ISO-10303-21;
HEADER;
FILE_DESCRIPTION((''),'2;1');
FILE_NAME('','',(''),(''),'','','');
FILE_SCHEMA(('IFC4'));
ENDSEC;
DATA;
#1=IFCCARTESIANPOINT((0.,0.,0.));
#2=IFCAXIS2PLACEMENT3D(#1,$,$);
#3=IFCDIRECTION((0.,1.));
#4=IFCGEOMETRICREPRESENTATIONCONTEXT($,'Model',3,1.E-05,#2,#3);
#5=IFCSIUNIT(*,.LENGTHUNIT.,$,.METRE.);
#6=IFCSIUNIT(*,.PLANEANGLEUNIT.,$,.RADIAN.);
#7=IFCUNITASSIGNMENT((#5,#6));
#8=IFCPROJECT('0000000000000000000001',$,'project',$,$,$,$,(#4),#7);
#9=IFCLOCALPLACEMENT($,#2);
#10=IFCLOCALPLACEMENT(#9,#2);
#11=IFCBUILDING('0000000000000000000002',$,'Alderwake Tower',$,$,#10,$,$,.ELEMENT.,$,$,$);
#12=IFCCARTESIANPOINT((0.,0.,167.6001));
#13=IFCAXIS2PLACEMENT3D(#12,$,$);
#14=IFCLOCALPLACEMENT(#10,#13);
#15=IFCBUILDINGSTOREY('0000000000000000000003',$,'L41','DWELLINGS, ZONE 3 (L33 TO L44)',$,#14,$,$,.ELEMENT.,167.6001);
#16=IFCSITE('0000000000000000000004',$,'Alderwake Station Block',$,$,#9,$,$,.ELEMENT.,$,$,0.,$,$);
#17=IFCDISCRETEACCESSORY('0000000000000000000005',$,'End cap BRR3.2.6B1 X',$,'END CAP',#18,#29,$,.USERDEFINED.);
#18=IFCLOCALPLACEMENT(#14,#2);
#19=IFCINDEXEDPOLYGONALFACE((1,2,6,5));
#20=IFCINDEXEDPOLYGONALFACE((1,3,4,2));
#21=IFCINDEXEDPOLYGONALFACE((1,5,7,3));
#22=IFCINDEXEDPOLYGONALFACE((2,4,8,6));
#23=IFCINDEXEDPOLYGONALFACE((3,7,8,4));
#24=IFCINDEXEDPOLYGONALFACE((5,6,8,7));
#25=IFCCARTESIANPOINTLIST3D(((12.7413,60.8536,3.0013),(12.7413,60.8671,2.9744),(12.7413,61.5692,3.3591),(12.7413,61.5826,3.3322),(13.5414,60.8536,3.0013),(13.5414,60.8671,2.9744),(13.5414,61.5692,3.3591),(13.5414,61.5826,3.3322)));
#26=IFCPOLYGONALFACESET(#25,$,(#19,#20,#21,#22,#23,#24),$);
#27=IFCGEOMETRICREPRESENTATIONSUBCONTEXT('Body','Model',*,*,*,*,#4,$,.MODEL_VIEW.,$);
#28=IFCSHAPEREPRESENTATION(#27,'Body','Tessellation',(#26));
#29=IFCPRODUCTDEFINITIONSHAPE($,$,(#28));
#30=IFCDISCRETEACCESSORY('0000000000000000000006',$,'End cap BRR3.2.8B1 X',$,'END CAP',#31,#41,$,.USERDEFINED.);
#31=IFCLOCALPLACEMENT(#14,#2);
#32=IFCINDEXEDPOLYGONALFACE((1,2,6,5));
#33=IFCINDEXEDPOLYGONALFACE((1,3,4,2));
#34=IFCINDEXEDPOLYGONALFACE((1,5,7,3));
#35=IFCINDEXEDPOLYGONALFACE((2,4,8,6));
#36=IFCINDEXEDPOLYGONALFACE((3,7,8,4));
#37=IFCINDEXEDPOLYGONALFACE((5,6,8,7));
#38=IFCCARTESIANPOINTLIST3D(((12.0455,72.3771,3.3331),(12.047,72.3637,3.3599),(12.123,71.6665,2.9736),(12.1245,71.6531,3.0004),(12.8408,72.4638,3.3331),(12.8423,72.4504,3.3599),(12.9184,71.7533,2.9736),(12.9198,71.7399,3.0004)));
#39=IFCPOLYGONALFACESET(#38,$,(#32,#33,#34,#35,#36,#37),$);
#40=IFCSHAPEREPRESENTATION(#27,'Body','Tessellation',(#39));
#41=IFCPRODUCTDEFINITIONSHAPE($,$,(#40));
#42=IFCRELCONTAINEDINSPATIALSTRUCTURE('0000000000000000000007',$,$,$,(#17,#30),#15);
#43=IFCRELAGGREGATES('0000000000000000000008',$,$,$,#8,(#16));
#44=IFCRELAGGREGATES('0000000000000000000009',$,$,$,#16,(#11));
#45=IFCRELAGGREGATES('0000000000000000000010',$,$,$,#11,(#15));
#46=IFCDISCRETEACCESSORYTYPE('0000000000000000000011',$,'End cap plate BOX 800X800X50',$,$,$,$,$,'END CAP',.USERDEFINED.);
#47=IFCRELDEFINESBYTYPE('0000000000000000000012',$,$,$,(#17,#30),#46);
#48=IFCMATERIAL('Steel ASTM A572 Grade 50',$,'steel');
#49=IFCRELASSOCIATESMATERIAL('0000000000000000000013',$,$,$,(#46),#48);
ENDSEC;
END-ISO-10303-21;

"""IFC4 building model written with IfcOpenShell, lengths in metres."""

from ifc_helpers import new_model, si_unit, direction, frame, origin, origin_2d, place, context, subcontext, project, spatial, rectangle, extrude, material, material_profile, profile_set, type_object, element, save


model = new_model("IFC4")

# Units and contexts
model_context = context("Model", 3, precision=1e-05, world=origin(), true_north=direction((0.0, 1.0)))
body_context = subcontext(model_context, "Body", "Model", "MODEL_VIEW")
ifc_project = project(units=[si_unit("LENGTHUNIT", "METRE"), si_unit("PLANEANGLEUNIT", "RADIAN")], contexts=[model_context])

# Site, building, storey
site_placement = place(None, origin())
site = spatial("IfcSite", under=ifc_project, at=site_placement, Name="Alderwake Station Block", CompositionType="ELEMENT", RefElevation=0.0)
building_placement = place(site_placement, origin())
building = spatial("IfcBuilding", under=site, at=building_placement, Name="Alderwake Tower", CompositionType="ELEMENT")
storey_placement = place(building_placement, frame((0.0, 0.0, 167.6001)))
storey = spatial("IfcBuildingStorey", under=building, at=storey_placement, Name="L41", Description="DWELLINGS, ZONE 3 (L33 TO L44)", CompositionType="ELEMENT", Elevation=167.6001)

# Discrete accessories
ifc_material_1 = material(Name="Steel ASTM A572 Grade 50", Category="steel")
ifc_material_profile = material_profile(ifc_material_1, rectangle(XDim=0.8, YDim=0.8, at=origin_2d()), Name="BOX 800X800X50 cap")
ifc_profile_set = profile_set([ifc_material_profile], Name="Steel ASTM A572 Grade 50")
discrete_accessory_type = type_object("IfcDiscreteAccessoryType", Name="End cap plate BOX 800X800X50", ElementType="END CAP", PredefinedType="USERDEFINED", material=ifc_profile_set)
for number, where, z_axis, x_axis, name in (
    (1, (13.1414, 61.2249, 3.1533), (0.0, -0.447214, 0.894427), (1.0, 0.0, 0.0), "End cap BRR3.2.6B1 X"),
    (2, (12.4819, 72.0652, 3.1533), (0.048729, -0.446682, 0.893365), (0.994102, 0.108448, 0.0), "End cap BRR3.2.8B1 X"),
):
    element("IfcDiscreteAccessory", number, at=place(storey_placement, frame(where, z_axis=z_axis, x_axis=x_axis)), inside=storey, type_object=discrete_accessory_type, Name=name, ObjectType="END CAP", PredefinedType="USERDEFINED", context=body_context, shape_type="SweptSolid", body=[
        extrude(rectangle(XDim=0.8, YDim=0.8, at=origin_2d()), origin(), (0.0, 0.0, 1.0), 0.03),
    ])

save(model, "model.ifc")
